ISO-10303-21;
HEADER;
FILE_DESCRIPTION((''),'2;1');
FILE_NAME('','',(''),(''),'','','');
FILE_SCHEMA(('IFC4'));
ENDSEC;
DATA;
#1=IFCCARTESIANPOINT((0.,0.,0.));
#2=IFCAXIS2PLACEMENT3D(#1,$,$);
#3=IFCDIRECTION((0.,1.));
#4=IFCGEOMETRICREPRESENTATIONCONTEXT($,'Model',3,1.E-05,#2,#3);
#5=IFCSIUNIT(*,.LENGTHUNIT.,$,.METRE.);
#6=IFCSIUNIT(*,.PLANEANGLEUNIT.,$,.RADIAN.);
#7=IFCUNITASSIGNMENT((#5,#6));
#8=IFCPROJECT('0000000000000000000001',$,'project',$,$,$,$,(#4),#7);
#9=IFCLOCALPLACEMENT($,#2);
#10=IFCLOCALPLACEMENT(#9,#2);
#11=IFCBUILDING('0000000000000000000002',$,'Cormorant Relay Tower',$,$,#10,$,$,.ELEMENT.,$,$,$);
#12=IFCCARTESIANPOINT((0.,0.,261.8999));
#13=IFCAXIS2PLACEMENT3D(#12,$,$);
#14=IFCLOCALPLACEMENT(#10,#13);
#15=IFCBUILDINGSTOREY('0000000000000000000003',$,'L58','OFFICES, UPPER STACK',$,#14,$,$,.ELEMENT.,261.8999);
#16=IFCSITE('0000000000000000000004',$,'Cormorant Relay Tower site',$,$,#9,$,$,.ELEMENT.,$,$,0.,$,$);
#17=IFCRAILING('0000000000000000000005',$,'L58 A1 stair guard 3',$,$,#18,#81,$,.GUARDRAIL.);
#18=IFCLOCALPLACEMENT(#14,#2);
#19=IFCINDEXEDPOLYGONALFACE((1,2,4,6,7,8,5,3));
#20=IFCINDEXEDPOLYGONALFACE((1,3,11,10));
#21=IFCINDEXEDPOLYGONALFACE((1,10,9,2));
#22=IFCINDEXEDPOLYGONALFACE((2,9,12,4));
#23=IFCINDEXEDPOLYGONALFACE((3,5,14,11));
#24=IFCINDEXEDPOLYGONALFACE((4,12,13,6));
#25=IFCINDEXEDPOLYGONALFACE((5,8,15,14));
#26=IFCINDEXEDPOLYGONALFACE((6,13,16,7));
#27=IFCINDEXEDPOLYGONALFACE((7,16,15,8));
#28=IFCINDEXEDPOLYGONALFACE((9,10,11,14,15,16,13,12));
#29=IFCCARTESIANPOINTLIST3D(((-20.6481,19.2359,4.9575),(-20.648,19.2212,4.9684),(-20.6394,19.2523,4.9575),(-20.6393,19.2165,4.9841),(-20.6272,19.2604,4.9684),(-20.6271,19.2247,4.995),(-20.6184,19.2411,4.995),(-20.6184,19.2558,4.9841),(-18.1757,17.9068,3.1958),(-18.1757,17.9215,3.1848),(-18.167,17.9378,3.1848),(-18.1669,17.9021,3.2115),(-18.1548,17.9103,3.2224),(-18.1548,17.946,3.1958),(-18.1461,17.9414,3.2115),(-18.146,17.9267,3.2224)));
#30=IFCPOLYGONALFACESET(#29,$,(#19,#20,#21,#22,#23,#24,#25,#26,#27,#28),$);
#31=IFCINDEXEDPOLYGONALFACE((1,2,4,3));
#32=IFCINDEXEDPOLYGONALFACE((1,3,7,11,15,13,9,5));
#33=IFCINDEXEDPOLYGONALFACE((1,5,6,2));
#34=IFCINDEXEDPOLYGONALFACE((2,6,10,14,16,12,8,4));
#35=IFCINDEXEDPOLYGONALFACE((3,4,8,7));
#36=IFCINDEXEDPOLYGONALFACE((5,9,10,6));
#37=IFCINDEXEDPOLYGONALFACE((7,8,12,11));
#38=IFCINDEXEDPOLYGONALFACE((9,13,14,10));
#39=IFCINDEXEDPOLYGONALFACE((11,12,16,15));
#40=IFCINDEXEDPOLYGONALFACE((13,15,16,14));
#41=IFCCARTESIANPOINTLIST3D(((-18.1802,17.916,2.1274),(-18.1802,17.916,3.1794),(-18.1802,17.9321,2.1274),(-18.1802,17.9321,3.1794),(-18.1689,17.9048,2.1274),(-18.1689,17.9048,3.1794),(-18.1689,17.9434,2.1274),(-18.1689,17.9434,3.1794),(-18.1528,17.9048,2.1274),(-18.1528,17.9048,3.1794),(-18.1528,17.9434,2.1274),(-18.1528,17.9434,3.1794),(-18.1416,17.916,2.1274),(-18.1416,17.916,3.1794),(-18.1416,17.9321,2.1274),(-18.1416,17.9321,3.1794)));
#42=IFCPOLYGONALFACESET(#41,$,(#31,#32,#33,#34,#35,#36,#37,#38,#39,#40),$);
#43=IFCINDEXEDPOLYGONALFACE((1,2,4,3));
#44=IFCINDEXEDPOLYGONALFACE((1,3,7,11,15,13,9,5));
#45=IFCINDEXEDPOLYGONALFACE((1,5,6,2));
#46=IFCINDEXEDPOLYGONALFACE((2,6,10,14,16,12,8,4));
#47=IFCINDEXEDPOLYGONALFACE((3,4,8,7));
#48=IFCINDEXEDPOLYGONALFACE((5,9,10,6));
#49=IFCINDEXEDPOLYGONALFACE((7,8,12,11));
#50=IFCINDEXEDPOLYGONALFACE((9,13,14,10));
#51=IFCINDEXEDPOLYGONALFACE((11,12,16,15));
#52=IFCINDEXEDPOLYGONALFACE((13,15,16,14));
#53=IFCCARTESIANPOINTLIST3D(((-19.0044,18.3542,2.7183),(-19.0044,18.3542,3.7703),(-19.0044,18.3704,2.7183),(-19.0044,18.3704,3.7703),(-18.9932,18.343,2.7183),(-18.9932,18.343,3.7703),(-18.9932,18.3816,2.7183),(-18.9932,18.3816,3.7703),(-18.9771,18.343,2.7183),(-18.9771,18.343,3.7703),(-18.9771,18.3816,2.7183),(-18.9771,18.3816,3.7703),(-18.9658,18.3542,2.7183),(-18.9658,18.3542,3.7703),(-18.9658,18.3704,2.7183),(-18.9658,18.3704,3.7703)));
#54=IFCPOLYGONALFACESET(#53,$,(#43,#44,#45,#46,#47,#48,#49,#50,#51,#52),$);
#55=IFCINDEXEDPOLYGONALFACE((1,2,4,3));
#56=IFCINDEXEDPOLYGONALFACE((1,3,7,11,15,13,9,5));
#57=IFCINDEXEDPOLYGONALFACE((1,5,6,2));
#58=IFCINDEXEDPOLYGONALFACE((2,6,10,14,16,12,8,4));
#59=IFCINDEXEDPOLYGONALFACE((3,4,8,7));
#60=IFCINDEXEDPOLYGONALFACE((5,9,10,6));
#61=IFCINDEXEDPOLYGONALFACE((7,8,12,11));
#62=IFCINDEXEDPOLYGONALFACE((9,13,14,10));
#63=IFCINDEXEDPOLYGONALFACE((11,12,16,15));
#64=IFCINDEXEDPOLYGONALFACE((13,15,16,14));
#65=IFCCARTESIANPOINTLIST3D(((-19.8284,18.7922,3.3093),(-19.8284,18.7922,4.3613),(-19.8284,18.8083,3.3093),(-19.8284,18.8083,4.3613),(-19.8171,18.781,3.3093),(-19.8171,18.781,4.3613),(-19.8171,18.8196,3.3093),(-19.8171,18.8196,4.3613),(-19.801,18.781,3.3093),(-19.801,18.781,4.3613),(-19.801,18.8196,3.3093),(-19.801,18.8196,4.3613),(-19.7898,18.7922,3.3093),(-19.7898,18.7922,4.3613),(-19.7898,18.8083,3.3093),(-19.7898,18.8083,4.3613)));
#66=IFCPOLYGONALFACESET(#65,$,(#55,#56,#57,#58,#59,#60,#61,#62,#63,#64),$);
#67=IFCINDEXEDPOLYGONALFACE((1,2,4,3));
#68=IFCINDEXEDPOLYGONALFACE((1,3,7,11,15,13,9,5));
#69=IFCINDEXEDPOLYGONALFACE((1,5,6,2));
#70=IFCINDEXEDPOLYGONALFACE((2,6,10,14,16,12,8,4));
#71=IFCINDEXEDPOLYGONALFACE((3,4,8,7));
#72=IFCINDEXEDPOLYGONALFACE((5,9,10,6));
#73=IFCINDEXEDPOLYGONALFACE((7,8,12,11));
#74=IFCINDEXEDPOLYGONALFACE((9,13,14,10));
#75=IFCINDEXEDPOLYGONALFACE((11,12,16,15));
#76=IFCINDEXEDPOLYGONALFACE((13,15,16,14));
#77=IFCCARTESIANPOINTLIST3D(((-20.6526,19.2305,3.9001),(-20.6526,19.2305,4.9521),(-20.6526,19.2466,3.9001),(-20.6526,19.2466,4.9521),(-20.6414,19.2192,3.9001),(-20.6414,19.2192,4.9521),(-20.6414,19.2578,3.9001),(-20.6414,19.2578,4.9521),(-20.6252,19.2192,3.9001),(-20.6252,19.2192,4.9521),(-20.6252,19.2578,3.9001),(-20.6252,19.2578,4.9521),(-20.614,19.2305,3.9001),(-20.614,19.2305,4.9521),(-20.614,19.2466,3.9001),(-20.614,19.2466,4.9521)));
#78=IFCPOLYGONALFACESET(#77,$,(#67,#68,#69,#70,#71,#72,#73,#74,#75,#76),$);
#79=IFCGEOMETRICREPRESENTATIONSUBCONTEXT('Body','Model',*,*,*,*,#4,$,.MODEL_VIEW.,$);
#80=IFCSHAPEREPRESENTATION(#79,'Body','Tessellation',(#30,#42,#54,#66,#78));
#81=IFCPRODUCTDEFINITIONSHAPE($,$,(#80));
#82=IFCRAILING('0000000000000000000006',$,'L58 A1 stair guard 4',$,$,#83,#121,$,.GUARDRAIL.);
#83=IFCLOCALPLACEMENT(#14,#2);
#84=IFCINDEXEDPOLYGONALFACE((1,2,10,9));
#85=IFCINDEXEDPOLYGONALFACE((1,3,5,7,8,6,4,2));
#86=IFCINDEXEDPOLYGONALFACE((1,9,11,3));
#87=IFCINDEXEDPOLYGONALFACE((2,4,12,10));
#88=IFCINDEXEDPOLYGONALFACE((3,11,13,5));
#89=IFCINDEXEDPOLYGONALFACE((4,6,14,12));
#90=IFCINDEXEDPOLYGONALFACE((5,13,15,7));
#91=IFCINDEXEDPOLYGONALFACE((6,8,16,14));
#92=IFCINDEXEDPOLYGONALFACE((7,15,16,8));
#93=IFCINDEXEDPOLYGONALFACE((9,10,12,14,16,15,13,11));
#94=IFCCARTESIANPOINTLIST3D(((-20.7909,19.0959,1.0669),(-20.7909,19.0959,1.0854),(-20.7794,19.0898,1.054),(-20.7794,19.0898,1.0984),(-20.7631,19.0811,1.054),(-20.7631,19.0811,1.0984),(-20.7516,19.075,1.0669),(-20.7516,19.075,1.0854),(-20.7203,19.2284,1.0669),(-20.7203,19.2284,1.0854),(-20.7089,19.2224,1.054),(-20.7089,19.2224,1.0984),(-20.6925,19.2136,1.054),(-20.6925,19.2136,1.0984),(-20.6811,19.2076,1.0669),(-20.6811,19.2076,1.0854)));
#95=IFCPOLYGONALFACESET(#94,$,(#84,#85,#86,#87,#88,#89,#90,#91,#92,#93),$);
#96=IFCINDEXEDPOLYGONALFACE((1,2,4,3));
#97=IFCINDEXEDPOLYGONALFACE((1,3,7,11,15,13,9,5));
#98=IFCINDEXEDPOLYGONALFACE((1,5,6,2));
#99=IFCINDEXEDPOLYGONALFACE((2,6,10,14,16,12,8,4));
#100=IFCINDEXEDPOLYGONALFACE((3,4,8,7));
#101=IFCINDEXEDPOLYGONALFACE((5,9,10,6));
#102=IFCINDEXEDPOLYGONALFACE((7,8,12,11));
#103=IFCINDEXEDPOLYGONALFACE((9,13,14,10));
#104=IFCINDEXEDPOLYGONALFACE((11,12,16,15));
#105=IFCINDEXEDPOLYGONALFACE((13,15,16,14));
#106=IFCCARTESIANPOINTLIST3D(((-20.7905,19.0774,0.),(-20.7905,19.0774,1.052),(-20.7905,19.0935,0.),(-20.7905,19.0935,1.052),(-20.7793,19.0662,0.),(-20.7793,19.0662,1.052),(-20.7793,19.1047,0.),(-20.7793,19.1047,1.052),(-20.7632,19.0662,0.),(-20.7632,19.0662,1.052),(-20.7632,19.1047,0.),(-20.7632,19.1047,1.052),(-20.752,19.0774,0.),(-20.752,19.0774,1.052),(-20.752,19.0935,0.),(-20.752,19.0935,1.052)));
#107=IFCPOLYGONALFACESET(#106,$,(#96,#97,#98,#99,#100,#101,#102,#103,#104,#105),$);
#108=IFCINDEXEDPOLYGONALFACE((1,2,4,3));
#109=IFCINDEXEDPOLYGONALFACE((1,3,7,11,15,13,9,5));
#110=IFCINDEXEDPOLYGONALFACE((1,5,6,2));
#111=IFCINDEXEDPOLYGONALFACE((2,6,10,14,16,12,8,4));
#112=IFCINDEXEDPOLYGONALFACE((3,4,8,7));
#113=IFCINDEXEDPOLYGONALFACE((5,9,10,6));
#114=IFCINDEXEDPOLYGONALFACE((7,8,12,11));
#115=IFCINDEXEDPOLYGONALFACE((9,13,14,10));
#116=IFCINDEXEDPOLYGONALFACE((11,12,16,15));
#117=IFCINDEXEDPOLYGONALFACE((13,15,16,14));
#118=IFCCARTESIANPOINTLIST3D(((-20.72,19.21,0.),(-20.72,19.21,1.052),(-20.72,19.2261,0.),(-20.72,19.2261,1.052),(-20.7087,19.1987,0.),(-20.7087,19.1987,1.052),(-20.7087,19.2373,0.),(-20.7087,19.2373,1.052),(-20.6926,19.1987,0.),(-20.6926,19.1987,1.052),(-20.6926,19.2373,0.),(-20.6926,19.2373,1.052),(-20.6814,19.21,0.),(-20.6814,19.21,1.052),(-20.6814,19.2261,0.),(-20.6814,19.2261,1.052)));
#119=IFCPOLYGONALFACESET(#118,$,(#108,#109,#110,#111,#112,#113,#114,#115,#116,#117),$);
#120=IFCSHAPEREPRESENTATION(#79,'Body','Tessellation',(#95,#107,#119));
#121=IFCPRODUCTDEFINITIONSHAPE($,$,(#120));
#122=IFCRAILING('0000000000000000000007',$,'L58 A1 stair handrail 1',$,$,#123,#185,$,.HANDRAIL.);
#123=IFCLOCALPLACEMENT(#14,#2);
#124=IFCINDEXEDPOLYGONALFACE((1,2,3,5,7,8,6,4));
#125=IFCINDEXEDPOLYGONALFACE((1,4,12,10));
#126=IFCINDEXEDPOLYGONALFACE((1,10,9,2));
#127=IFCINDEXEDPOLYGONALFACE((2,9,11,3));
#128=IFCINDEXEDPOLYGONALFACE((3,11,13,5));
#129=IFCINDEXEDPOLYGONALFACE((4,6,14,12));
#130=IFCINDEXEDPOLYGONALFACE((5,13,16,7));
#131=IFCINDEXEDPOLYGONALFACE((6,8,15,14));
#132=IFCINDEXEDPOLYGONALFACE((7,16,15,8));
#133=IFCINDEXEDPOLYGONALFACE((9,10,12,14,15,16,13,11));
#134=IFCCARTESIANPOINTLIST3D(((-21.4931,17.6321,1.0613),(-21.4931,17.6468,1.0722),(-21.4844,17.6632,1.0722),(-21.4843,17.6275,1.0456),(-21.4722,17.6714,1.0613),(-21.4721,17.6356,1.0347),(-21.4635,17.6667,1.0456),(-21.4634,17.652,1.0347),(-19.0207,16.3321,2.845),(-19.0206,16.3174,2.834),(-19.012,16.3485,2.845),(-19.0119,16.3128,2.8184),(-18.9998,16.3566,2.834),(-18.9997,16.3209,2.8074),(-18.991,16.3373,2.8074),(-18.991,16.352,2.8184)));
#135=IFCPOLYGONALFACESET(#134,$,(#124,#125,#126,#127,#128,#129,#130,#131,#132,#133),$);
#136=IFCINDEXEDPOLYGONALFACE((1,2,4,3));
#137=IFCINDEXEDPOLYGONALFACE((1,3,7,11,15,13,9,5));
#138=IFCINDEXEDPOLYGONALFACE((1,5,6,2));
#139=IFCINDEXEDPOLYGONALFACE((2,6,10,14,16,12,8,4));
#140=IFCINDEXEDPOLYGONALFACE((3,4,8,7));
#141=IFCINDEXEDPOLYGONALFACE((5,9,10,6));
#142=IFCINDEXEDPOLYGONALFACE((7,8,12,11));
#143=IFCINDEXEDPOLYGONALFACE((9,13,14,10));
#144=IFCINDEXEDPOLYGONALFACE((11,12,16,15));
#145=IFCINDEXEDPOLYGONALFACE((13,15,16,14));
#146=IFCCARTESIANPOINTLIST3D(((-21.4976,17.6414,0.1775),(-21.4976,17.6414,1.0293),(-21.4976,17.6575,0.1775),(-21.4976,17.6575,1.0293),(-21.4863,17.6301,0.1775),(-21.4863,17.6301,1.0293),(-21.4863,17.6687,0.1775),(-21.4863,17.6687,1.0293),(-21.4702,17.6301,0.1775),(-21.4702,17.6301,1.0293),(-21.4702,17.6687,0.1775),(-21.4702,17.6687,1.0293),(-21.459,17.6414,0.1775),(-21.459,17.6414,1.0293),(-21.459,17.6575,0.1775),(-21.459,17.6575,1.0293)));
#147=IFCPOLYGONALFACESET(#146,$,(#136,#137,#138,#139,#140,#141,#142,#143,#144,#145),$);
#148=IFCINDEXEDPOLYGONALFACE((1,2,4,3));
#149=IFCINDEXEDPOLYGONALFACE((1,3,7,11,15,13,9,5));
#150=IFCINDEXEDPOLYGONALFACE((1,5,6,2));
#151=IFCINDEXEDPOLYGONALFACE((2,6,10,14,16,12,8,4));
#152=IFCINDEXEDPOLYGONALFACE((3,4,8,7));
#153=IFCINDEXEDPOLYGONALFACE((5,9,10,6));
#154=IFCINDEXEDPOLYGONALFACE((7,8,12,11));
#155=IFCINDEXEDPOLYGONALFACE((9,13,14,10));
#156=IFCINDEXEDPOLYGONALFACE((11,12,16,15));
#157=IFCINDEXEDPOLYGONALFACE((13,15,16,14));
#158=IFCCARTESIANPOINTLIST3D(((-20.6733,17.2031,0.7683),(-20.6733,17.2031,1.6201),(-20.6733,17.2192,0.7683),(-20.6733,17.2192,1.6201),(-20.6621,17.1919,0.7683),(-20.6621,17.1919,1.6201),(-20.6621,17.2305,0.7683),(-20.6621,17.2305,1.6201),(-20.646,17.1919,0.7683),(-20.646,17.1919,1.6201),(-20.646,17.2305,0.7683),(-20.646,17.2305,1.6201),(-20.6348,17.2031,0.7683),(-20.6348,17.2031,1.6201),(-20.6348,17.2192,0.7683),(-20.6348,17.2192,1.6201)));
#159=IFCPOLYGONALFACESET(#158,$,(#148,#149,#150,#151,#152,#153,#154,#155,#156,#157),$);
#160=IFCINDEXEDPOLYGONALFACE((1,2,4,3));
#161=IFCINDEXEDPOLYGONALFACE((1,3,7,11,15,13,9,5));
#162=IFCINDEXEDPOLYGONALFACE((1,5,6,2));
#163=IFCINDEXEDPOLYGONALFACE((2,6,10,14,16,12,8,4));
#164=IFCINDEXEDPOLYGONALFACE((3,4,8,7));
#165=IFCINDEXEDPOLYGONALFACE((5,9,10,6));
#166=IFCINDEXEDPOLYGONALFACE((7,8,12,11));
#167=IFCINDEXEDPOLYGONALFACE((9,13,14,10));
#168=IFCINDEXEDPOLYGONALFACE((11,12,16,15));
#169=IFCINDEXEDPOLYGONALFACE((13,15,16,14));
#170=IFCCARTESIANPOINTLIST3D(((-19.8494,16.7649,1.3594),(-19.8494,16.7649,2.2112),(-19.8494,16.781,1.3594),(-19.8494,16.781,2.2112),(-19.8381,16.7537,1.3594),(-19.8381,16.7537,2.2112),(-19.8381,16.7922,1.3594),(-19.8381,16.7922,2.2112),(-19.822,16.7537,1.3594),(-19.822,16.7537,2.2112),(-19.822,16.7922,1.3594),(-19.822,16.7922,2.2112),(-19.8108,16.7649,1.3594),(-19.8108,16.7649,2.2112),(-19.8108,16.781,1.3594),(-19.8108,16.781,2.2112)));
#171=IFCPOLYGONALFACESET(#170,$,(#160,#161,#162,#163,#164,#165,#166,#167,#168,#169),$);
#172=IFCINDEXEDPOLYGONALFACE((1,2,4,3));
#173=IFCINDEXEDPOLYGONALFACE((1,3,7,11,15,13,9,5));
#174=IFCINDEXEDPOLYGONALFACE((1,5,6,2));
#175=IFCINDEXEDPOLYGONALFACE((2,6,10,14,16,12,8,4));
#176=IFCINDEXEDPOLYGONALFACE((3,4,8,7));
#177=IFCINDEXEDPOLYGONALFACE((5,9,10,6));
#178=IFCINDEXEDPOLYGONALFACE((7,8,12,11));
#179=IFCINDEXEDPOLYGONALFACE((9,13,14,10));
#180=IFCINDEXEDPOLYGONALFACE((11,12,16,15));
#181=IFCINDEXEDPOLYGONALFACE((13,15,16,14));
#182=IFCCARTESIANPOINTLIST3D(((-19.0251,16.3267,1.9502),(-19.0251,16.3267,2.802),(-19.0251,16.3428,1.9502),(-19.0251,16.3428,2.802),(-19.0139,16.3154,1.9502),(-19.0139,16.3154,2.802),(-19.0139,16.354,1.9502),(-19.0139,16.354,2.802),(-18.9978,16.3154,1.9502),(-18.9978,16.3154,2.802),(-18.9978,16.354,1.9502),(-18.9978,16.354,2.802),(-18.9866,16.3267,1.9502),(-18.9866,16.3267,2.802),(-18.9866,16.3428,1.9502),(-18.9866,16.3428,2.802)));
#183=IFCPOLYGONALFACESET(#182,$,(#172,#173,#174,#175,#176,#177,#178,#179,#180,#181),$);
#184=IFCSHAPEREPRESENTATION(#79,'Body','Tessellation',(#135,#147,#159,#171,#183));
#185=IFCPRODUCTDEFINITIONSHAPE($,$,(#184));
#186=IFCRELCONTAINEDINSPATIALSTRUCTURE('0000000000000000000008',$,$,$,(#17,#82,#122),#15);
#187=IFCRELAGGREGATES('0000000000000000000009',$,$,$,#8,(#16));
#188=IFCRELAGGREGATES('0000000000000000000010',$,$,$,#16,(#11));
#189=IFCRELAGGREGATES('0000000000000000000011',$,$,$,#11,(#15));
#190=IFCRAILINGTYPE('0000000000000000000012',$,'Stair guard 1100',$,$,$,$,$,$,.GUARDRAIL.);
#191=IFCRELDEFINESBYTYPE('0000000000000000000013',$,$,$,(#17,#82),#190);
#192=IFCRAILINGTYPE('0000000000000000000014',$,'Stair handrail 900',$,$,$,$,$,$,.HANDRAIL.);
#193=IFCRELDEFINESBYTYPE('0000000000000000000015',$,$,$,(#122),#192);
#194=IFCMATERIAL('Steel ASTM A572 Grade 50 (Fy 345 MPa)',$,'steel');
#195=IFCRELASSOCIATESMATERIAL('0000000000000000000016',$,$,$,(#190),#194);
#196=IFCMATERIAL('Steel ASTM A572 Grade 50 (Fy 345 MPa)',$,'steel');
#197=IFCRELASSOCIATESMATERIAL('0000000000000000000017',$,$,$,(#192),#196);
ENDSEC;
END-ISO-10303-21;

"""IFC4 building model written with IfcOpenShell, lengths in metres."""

from ifc_helpers import new_model, si_unit, direction, frame, origin, place, context, subcontext, project, spatial, polyline, outline, extrude, material, type_object, element, save


model = new_model("IFC4")

# Units and contexts
model_context = context("Model", 3, precision=1e-05, world=origin(), true_north=direction((0.0, 1.0)))
body_context = subcontext(model_context, "Body", "Model", "MODEL_VIEW")
ifc_project = project(units=[si_unit("LENGTHUNIT", "METRE"), si_unit("PLANEANGLEUNIT", "RADIAN")], contexts=[model_context])

# Site, building, storey
site_placement = place(None, origin())
site = spatial("IfcSite", under=ifc_project, at=site_placement, Name="Cormorant Relay Tower site", CompositionType="ELEMENT", RefElevation=0.0)
building_placement = place(site_placement, origin())
building = spatial("IfcBuilding", under=site, at=building_placement, Name="Cormorant Relay Tower", CompositionType="ELEMENT")
storey_placement = place(building_placement, frame((0.0, 0.0, 261.8999)))
storey = spatial("IfcBuildingStorey", under=building, at=storey_placement, Name="L58", Description="OFFICES, UPPER STACK", CompositionType="ELEMENT", Elevation=261.8999)

# Railings
ifc_material_1 = material(Name="Steel ASTM A572 Grade 50 (Fy 345 MPa)", Category="steel")
railing_type_1 = type_object("IfcRailingType", Name="Stair guard 1100", PredefinedType="GUARDRAIL", material=ifc_material_1)
railing_1_placement = place(storey_placement, frame((-18.1609, 17.9241, 2.1274)))
element("IfcRailing", 1, at=railing_1_placement, inside=storey, type_object=railing_type_1, Name="L58 A1 stair guard 3", PredefinedType="GUARDRAIL", context=body_context, shape_type="SweptSolid", body=[
    extrude(outline(polyline([(0.0222, 0.0093), (0.0093, 0.0222), (-0.0093, 0.0222), (-0.0222, 0.0093), (-0.0222, -0.0093), (-0.0093, -0.0222), (0.0093, -0.0222), (0.0222, -0.0093), (0.0222, 0.0093)])), frame((0.0, 0.0, 1.0762), z_axis=(-0.746034, 0.396627, 0.534902), x_axis=(-0.469429, -0.88297, 0.0)), (0.0, 0.0, 1.0), 3.314),
    extrude(outline(polyline([(0.0193, 0.0081), (0.0081, 0.0193), (-0.0081, 0.0193), (-0.0193, 0.0081), (-0.0193, -0.0081), (-0.0081, -0.0193), (0.0081, -0.0193), (0.0193, -0.0081), (0.0193, 0.0081)])), origin(), (0.0, 0.0, 1.0), 1.052),
    extrude(outline(polyline([(0.0193, 0.0081), (0.0081, 0.0193), (-0.0081, 0.0193), (-0.0193, 0.0081), (-0.0193, -0.0081), (-0.0081, -0.0193), (0.0081, -0.0193), (0.0193, -0.0081), (0.0193, 0.0081)])), frame((-0.8242, 0.4382, 0.5908)), (0.0, 0.0, 1.0), 1.052),
    extrude(outline(polyline([(0.0193, 0.0081), (0.0081, 0.0193), (-0.0081, 0.0193), (-0.0193, 0.0081), (-0.0193, -0.0081), (-0.0081, -0.0193), (0.0081, -0.0193), (0.0193, -0.0081), (0.0193, 0.0081)])), frame((-1.6482, 0.8762, 1.1819)), (0.0, 0.0, 1.0), 1.052),
    extrude(outline(polyline([(0.0193, 0.0081), (0.0081, 0.0193), (-0.0081, 0.0193), (-0.0193, 0.0081), (-0.0193, -0.0081), (-0.0081, -0.0193), (0.0081, -0.0193), (0.0193, -0.0081), (0.0193, 0.0081)])), frame((-2.4724, 1.3145, 1.7727)), (0.0, 0.0, 1.0), 1.052),
])
railing_2_placement = place(storey_placement, frame((-20.7712, 19.0854, 0.0)))
element("IfcRailing", 2, at=railing_2_placement, inside=storey, type_object=railing_type_1, Name="L58 A1 stair guard 4", PredefinedType="GUARDRAIL", context=body_context, shape_type="SweptSolid", body=[
    extrude(outline(polyline([(0.0222, 0.0093), (0.0093, 0.0222), (-0.0093, 0.0222), (-0.0222, 0.0093), (-0.0222, -0.0093), (-0.0093, -0.0222), (0.0093, -0.0222), (0.0222, -0.0093), (0.0222, 0.0093)])), frame((0.0, 0.0, 1.0762), z_axis=(0.469829, 0.882758, 0.0), x_axis=(-0.882758, 0.469829, 0.0)), (0.0, 0.0, 1.0), 0.1501),
    extrude(outline(polyline([(0.0193, 0.0081), (0.0081, 0.0193), (-0.0081, 0.0193), (-0.0193, 0.0081), (-0.0193, -0.0081), (-0.0081, -0.0193), (0.0081, -0.0193), (0.0193, -0.0081), (0.0193, 0.0081)])), origin(), (0.0, 0.0, 1.0), 1.052),
    extrude(outline(polyline([(0.0193, 0.0081), (0.0081, 0.0193), (-0.0081, 0.0193), (-0.0193, 0.0081), (-0.0193, -0.0081), (-0.0081, -0.0193), (0.0081, -0.0193), (0.0193, -0.0081), (0.0193, 0.0081)])), frame((0.0706, 0.1326, 0.0)), (0.0, 0.0, 1.0), 1.052),
])
ifc_material_2 = material(Name="Steel ASTM A572 Grade 50 (Fy 345 MPa)", Category="steel")
railing_type_2 = type_object("IfcRailingType", Name="Stair handrail 900", PredefinedType="HANDRAIL", material=ifc_material_2)
railing_3_placement = place(storey_placement, frame((-21.4783, 17.6494, 0.1775)))
element("IfcRailing", 3, at=railing_3_placement, inside=storey, type_object=railing_type_2, Name="L58 A1 stair handrail 1", PredefinedType="HANDRAIL", context=body_context, shape_type="SweptSolid", body=[
    extrude(outline(polyline([(0.0222, 0.0093), (0.0093, 0.0222), (-0.0093, 0.0222), (-0.0222, 0.0093), (-0.0222, -0.0093), (-0.0093, -0.0222), (0.0093, -0.0222), (0.0222, -0.0093), (0.0222, 0.0093)])), frame((0.0, 0.0, 0.876), z_axis=(0.746012, -0.39669, 0.534886), x_axis=(0.469497, 0.882934, 0.0)), (0.0, 0.0, 1.0), 3.3142),
    extrude(outline(polyline([(0.0193, 0.0081), (0.0081, 0.0193), (-0.0081, 0.0193), (-0.0193, 0.0081), (-0.0193, -0.0081), (-0.0081, -0.0193), (0.0081, -0.0193), (0.0193, -0.0081), (0.0193, 0.0081)])), origin(), (0.0, 0.0, 1.0), 0.8518),
    extrude(outline(polyline([(0.0193, 0.0081), (0.0081, 0.0193), (-0.0081, 0.0193), (-0.0193, 0.0081), (-0.0193, -0.0081), (-0.0081, -0.0193), (0.0081, -0.0193), (0.0193, -0.0081), (0.0193, 0.0081)])), frame((0.8242, -0.4382, 0.5908)), (0.0, 0.0, 1.0), 0.8518),
    extrude(outline(polyline([(0.0193, 0.0081), (0.0081, 0.0193), (-0.0081, 0.0193), (-0.0193, 0.0081), (-0.0193, -0.0081), (-0.0081, -0.0193), (0.0081, -0.0193), (0.0193, -0.0081), (0.0193, 0.0081)])), frame((1.6482, -0.8765, 1.1819)), (0.0, 0.0, 1.0), 0.8518),
    extrude(outline(polyline([(0.0193, 0.0081), (0.0081, 0.0193), (-0.0081, 0.0193), (-0.0193, 0.0081), (-0.0193, -0.0081), (-0.0081, -0.0193), (0.0081, -0.0193), (0.0193, -0.0081), (0.0193, 0.0081)])), frame((2.4724, -1.3147, 1.7727)), (0.0, 0.0, 1.0), 0.8518),
])

save(model, "model.ifc")
